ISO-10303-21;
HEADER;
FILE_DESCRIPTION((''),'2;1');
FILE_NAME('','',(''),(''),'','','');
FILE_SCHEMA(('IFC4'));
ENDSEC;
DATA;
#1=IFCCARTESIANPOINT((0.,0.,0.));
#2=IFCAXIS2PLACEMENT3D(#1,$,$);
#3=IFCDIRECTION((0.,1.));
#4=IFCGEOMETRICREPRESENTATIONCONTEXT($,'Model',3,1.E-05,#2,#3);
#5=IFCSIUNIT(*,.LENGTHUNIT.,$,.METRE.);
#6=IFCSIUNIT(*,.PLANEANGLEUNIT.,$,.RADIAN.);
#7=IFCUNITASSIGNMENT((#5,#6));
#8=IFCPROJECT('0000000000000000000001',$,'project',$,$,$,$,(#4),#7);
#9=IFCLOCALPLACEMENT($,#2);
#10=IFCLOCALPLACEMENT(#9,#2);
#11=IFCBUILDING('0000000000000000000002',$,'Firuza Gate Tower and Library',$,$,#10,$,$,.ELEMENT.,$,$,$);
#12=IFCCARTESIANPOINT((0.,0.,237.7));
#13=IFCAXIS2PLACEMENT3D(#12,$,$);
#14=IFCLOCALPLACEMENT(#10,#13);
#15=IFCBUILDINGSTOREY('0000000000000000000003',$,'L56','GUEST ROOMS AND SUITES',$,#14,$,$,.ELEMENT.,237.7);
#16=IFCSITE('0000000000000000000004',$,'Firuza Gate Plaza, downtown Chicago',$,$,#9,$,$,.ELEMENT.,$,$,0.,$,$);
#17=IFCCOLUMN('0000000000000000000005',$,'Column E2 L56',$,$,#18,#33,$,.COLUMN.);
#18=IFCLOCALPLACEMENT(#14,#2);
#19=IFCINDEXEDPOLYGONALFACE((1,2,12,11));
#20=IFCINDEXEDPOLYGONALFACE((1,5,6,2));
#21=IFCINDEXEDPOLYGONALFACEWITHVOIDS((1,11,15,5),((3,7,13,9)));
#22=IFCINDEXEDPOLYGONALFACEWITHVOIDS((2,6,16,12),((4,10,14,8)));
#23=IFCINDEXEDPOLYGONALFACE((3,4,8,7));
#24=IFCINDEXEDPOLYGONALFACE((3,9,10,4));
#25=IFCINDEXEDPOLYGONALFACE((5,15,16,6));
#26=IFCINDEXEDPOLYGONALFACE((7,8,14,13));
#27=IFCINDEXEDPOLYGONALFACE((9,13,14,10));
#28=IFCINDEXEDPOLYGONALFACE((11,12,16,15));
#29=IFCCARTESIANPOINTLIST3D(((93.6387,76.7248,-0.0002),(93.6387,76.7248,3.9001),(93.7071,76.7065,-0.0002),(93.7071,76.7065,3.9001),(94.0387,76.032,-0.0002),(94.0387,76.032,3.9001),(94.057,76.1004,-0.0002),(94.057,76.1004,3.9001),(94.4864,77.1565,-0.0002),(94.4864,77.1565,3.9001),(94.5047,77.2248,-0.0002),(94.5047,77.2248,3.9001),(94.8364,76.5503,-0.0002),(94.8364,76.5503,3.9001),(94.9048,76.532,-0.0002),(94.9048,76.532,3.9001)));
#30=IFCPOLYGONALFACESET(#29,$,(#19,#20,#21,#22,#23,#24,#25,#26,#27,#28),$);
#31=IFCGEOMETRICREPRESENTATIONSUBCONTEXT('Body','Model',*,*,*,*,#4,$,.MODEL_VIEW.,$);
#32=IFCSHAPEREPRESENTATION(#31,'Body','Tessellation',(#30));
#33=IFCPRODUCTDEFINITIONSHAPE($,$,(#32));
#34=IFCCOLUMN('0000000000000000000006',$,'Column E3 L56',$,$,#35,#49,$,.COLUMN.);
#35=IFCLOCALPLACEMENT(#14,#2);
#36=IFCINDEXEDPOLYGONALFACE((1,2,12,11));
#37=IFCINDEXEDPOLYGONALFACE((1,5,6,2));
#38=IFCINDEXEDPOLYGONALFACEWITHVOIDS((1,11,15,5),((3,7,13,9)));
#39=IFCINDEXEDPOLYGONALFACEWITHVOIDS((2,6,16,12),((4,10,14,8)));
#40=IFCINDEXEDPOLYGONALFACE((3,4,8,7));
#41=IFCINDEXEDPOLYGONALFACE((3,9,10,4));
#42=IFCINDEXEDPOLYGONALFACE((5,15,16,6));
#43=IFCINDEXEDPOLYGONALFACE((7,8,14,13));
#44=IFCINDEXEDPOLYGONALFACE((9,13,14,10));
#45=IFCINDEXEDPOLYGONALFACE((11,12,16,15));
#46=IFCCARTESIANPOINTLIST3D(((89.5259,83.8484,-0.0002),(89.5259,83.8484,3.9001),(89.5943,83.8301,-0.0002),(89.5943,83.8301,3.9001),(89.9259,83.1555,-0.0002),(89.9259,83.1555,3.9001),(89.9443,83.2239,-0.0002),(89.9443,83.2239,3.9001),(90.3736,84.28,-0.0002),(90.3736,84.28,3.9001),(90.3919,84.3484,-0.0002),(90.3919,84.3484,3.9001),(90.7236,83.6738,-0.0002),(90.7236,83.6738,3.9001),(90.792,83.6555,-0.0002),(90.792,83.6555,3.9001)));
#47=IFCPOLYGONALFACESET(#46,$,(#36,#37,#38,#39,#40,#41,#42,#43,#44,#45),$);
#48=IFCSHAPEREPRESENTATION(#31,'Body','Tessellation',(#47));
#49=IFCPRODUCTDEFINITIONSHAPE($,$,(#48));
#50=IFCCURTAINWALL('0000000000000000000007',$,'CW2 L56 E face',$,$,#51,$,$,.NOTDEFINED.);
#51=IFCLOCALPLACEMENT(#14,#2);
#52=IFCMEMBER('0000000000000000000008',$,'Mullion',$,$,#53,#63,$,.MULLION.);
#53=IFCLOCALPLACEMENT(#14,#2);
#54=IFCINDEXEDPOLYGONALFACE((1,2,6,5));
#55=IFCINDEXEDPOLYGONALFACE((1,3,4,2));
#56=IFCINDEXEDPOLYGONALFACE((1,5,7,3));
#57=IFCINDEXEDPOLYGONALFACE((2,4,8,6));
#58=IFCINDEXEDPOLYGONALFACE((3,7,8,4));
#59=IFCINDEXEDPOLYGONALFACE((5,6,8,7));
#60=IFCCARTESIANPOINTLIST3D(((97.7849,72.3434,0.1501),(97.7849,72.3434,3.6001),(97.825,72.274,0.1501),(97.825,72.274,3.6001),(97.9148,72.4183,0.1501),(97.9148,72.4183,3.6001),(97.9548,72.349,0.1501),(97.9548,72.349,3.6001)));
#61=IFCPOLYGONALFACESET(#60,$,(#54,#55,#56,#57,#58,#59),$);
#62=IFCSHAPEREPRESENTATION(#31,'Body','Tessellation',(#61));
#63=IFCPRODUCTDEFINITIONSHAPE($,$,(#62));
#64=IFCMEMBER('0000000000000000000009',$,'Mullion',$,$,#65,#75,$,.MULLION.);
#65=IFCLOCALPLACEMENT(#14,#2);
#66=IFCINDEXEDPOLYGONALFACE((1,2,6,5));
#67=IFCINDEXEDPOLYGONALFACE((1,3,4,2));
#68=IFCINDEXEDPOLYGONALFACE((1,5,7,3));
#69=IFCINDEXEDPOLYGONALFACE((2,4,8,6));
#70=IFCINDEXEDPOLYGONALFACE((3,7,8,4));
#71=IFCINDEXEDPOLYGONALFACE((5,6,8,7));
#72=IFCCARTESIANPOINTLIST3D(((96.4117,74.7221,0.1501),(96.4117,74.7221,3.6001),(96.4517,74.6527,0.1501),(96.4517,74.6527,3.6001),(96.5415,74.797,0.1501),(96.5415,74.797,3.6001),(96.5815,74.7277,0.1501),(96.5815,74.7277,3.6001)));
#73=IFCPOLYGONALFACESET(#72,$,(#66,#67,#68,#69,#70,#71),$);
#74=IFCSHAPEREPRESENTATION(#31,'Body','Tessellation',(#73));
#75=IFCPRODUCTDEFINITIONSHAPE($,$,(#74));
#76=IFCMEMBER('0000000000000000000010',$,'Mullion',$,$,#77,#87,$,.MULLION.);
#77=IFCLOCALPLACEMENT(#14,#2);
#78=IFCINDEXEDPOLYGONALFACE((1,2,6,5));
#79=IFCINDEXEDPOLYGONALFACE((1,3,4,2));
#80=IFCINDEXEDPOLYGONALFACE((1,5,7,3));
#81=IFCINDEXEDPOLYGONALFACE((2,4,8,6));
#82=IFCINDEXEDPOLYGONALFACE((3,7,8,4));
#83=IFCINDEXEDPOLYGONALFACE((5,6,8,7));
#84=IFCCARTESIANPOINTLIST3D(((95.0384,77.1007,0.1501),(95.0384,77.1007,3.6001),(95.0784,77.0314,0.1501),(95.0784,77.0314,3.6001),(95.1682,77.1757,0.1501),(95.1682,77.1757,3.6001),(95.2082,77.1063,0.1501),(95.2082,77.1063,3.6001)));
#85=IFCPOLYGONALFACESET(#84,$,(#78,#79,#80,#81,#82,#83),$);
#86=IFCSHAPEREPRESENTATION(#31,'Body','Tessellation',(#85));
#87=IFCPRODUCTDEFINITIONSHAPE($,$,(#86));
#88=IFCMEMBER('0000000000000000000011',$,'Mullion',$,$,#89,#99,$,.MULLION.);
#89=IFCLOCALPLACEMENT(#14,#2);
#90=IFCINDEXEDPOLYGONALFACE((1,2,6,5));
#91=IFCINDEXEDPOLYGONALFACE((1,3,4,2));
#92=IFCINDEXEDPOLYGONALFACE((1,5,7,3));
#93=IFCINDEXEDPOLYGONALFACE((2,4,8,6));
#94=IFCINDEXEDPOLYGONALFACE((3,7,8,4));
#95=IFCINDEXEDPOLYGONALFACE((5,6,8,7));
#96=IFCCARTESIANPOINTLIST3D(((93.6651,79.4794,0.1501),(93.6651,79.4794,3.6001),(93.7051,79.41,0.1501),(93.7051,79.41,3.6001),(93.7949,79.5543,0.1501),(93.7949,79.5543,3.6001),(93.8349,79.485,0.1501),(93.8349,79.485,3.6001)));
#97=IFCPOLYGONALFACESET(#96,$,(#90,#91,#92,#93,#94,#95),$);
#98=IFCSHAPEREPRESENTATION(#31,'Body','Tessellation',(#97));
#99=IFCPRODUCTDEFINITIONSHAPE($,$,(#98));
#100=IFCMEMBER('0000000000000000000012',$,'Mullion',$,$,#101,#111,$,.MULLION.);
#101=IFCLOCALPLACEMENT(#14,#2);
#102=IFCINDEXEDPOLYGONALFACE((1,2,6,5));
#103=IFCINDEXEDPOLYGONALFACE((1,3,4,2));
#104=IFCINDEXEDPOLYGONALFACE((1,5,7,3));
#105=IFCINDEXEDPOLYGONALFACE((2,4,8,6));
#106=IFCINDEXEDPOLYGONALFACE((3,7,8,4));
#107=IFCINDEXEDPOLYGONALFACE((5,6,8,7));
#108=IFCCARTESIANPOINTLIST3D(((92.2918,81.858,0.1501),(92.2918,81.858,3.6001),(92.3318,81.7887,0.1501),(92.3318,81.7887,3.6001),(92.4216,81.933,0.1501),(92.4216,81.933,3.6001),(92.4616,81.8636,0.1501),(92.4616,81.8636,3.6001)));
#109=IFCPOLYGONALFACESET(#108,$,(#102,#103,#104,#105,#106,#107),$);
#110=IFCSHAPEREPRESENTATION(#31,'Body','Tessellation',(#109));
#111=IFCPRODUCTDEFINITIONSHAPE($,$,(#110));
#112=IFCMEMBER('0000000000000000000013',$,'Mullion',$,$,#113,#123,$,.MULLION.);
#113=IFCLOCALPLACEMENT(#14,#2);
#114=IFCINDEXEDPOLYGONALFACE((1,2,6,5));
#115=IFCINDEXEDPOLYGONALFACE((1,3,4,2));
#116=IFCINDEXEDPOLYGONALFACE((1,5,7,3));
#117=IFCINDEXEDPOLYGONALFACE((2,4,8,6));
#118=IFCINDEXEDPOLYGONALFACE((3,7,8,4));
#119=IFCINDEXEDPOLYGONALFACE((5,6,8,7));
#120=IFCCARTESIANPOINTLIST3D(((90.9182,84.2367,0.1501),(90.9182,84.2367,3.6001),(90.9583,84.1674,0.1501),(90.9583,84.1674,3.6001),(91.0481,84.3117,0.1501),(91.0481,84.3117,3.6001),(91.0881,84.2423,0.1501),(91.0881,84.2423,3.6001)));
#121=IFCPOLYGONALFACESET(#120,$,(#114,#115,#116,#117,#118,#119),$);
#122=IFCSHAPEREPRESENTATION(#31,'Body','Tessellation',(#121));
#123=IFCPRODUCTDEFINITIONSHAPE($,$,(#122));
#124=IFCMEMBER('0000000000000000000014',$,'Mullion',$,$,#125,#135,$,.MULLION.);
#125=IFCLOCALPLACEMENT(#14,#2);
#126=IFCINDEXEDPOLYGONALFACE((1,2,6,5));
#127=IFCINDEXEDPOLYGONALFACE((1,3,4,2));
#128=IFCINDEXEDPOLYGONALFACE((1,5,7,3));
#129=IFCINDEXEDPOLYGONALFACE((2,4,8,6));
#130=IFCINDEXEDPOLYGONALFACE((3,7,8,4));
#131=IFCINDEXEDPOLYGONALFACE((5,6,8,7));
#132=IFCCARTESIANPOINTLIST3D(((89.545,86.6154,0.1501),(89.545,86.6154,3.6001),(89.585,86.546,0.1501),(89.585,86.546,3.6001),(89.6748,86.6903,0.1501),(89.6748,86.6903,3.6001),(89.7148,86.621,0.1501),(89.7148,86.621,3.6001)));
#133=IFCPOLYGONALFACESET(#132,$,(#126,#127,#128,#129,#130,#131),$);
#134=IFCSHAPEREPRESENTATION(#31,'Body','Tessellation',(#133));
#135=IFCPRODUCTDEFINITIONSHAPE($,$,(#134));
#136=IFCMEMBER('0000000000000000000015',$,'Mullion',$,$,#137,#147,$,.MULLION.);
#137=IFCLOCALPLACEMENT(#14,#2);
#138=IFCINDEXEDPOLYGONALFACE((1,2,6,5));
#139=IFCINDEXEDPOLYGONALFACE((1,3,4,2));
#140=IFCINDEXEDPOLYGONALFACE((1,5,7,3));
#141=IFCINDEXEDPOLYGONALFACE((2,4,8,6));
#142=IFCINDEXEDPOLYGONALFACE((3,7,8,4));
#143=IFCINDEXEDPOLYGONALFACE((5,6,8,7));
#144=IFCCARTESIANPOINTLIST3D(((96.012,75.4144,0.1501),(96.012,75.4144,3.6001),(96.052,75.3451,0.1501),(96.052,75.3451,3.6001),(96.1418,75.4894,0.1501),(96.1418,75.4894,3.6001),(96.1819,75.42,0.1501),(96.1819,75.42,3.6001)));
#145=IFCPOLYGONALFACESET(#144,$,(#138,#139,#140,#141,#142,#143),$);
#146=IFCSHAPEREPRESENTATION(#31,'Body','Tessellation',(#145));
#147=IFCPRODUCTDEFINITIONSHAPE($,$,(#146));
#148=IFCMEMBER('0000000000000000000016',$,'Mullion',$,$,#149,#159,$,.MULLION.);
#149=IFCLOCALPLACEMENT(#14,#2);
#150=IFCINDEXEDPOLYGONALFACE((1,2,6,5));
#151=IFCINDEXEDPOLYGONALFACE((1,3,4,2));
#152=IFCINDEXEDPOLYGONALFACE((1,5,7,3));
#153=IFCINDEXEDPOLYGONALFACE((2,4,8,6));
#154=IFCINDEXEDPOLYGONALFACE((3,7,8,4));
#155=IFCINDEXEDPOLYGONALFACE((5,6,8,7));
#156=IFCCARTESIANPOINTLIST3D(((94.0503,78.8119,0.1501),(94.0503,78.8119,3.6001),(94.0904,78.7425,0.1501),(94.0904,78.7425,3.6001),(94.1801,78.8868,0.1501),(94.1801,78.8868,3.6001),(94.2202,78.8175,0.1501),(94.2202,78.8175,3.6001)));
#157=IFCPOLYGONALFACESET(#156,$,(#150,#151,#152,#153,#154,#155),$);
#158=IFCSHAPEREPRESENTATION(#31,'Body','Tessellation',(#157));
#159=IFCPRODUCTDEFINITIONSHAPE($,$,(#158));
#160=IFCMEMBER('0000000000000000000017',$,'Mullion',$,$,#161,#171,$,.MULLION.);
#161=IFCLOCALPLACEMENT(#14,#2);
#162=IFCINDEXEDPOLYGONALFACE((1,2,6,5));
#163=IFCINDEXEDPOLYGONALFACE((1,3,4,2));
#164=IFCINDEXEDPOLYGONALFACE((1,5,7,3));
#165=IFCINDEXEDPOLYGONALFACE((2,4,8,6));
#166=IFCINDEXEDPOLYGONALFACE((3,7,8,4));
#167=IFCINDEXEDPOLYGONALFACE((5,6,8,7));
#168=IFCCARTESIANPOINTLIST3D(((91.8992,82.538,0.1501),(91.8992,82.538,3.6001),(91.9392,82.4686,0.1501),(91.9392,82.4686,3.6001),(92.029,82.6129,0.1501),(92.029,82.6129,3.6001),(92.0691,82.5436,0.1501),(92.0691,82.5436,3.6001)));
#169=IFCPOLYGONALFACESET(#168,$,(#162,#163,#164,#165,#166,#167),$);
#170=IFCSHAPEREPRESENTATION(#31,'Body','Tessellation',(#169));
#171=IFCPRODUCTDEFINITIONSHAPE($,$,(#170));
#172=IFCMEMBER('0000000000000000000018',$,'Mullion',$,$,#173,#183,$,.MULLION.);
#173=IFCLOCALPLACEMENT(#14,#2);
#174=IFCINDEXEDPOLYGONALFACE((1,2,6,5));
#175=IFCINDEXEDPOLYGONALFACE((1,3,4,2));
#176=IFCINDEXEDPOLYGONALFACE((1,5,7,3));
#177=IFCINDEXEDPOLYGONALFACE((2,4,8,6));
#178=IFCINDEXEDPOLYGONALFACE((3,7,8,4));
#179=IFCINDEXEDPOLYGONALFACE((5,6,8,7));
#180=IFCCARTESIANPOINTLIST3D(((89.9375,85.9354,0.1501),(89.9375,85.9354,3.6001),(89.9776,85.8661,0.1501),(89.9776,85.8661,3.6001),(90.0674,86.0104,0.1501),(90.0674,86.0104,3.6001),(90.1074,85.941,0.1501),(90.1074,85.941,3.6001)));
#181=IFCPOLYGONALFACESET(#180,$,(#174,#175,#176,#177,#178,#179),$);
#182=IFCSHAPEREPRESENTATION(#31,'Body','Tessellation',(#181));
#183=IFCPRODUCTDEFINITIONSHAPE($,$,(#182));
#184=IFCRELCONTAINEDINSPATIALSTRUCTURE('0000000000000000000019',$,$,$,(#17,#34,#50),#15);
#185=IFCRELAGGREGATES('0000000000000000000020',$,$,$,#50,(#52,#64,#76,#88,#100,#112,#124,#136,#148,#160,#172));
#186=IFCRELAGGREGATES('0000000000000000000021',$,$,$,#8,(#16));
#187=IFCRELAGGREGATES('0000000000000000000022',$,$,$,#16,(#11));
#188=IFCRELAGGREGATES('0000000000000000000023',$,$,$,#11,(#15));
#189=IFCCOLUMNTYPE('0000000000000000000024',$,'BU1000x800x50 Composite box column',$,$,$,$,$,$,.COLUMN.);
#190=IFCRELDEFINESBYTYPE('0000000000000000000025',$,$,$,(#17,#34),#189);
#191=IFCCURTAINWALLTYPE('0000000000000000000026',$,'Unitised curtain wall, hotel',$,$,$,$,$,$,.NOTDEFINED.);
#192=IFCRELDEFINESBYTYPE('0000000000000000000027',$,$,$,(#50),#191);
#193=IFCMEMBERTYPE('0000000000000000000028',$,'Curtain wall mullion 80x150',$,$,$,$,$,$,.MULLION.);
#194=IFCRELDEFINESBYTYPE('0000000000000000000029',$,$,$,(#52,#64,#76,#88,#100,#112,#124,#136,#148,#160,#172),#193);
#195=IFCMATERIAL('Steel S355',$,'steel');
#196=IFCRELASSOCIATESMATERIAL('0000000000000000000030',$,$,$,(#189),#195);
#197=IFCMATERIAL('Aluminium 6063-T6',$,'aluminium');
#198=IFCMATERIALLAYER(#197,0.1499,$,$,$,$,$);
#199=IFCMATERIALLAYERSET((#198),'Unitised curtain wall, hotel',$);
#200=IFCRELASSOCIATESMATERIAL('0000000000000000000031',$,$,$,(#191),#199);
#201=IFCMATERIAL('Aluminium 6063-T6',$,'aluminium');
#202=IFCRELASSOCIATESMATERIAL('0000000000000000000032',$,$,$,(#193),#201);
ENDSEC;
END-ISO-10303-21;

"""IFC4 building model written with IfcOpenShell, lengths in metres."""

from ifc_helpers import new_model, si_unit, direction, frame, origin, origin_2d, place, context, subcontext, project, spatial, rectangle, hollow_rectangle, extrude, material, layer, layer_set, material_profile, profile_set, type_object, element, aggregate, save


model = new_model("IFC4")

# Units and contexts
model_context = context("Model", 3, precision=1e-05, world=origin(), true_north=direction((0.0, 1.0)))
body_context = subcontext(model_context, "Body", "Model", "MODEL_VIEW")
ifc_project = project(units=[si_unit("LENGTHUNIT", "METRE"), si_unit("PLANEANGLEUNIT", "RADIAN")], contexts=[model_context])

# Site, building, storey
site_placement = place(None, origin())
site = spatial("IfcSite", under=ifc_project, at=site_placement, Name="Firuza Gate Plaza, downtown Chicago", CompositionType="ELEMENT", RefElevation=0.0)
building_placement = place(site_placement, origin())
building = spatial("IfcBuilding", under=site, at=building_placement, Name="Firuza Gate Tower and Library", CompositionType="ELEMENT")
storey_placement = place(building_placement, frame((0.0, 0.0, 237.7)))
storey = spatial("IfcBuildingStorey", under=building, at=storey_placement, Name="L56", Description="GUEST ROOMS AND SUITES", CompositionType="ELEMENT", Elevation=237.7)

# Columns
ifc_material_1 = material(Name="Steel S355", Category="steel")
ifc_material_profile_1 = material_profile(ifc_material_1, hollow_rectangle(XDim=0.8, YDim=1.0, WallThickness=0.05, at=origin_2d()))
ifc_profile_set_1 = profile_set([ifc_material_profile_1], Name="Steel S355")
column_type = type_object("IfcColumnType", Name="BU1000x800x50 Composite box column", PredefinedType="COLUMN", material=ifc_profile_set_1)
for number, where, z_axis, x_axis, name in (
    (1, (94.2717, 76.6284, -0.0002), (0.0, 0.0, 1.0), (-0.5, 0.866025, 0.0), "Column E2 L56"),
    (2, (90.1589, 83.752, -0.0002), (0.0, 0.0, 1.0), (-0.5, 0.866025, 0.0), "Column E3 L56"),
):
    element("IfcColumn", number, at=place(storey_placement, frame(where, z_axis=z_axis, x_axis=x_axis)), inside=storey, type_object=column_type, Name=name, PredefinedType="COLUMN", context=body_context, shape_type="SweptSolid", body=[
        extrude(hollow_rectangle(XDim=0.8, YDim=1.0, WallThickness=0.05, at=origin_2d()), origin(), (0.0, 0.0, 1.0), 3.9004),
    ])

# Curtain wall, members
ifc_material_2 = material(Name="Aluminium 6063-T6", Category="aluminium")
ifc_layer_1 = layer(ifc_material_2, 0.1499)
ifc_layer_set_1 = layer_set([ifc_layer_1], Name="Unitised curtain wall, hotel")
curtain_wall_type = type_object("IfcCurtainWallType", Name="Unitised curtain wall, hotel", PredefinedType="NOTDEFINED", material=ifc_layer_set_1)
curtain_wall_placement = place(storey_placement, origin())
curtain_wall = element("IfcCurtainWall", 3, at=curtain_wall_placement, inside=storey, type_object=curtain_wall_type, Name="CW2 L56 E face", PredefinedType="NOTDEFINED")
ifc_material_3 = material(Name="Aluminium 6063-T6", Category="aluminium")
ifc_material_profile_2 = material_profile(ifc_material_3, rectangle(XDim=0.1499, YDim=0.0801, at=origin_2d()))
ifc_profile_set_2 = profile_set([ifc_material_profile_2], Name="Aluminium 6063-T6")
member_type = type_object("IfcMemberType", Name="Curtain wall mullion 80x150", PredefinedType="MULLION", material=ifc_profile_set_2)
member_1_placement = place(storey_placement, frame((97.8699, 72.3462, 0.1501), z_axis=(0.0, 0.0, 1.0), x_axis=(-0.866025, -0.5, 0.0)))
member_1 = element("IfcMember", 4, at=member_1_placement, type_object=member_type, Name="Mullion", PredefinedType="MULLION", context=body_context, shape_type="SweptSolid", body=[
    extrude(rectangle(XDim=0.1499, YDim=0.0801, at=origin_2d()), origin(), (0.0, 0.0, 1.0), 3.45),
])
member_2_placement = place(storey_placement, frame((96.4966, 74.7249, 0.1501), z_axis=(0.0, 0.0, 1.0), x_axis=(-0.866025, -0.5, 0.0)))
member_2 = element("IfcMember", 5, at=member_2_placement, type_object=member_type, Name="Mullion", PredefinedType="MULLION", context=body_context, shape_type="SweptSolid", body=[
    extrude(rectangle(XDim=0.1499, YDim=0.0801, at=origin_2d()), origin(), (0.0, 0.0, 1.0), 3.45),
])
member_3_placement = place(storey_placement, frame((95.1233, 77.1035, 0.1501), z_axis=(0.0, 0.0, 1.0), x_axis=(-0.866025, -0.5, 0.0)))
member_3 = element("IfcMember", 6, at=member_3_placement, type_object=member_type, Name="Mullion", PredefinedType="MULLION", context=body_context, shape_type="SweptSolid", body=[
    extrude(rectangle(XDim=0.1499, YDim=0.0801, at=origin_2d()), origin(), (0.0, 0.0, 1.0), 3.45),
])
member_4_placement = place(storey_placement, frame((93.75, 79.4822, 0.1501), z_axis=(0.0, 0.0, 1.0), x_axis=(-0.866025, -0.5, 0.0)))
member_4 = element("IfcMember", 7, at=member_4_placement, type_object=member_type, Name="Mullion", PredefinedType="MULLION", context=body_context, shape_type="SweptSolid", body=[
    extrude(rectangle(XDim=0.1499, YDim=0.0801, at=origin_2d()), origin(), (0.0, 0.0, 1.0), 3.45),
])
member_5_placement = place(storey_placement, frame((92.3767, 81.8608, 0.1501), z_axis=(0.0, 0.0, 1.0), x_axis=(-0.866025, -0.5, 0.0)))
member_5 = element("IfcMember", 8, at=member_5_placement, type_object=member_type, Name="Mullion", PredefinedType="MULLION", context=body_context, shape_type="SweptSolid", body=[
    extrude(rectangle(XDim=0.1499, YDim=0.0801, at=origin_2d()), origin(), (0.0, 0.0, 1.0), 3.45),
])
member_6_placement = place(storey_placement, frame((91.0032, 84.2395, 0.1501), z_axis=(0.0, 0.0, 1.0), x_axis=(-0.866025, -0.5, 0.0)))
member_6 = element("IfcMember", 9, at=member_6_placement, type_object=member_type, Name="Mullion", PredefinedType="MULLION", context=body_context, shape_type="SweptSolid", body=[
    extrude(rectangle(XDim=0.1499, YDim=0.0801, at=origin_2d()), origin(), (0.0, 0.0, 1.0), 3.45),
])
member_7_placement = place(storey_placement, frame((89.6299, 86.6182, 0.1501), z_axis=(0.0, 0.0, 1.0), x_axis=(-0.866025, -0.5, 0.0)))
member_7 = element("IfcMember", 10, at=member_7_placement, type_object=member_type, Name="Mullion", PredefinedType="MULLION", context=body_context, shape_type="SweptSolid", body=[
    extrude(rectangle(XDim=0.1499, YDim=0.0801, at=origin_2d()), origin(), (0.0, 0.0, 1.0), 3.45),
])
member_8_placement = place(storey_placement, frame((96.0969, 75.4172, 0.1501), z_axis=(0.0, 0.0, 1.0), x_axis=(-0.866025, -0.5, 0.0)))
member_8 = element("IfcMember", 11, at=member_8_placement, type_object=member_type, Name="Mullion", PredefinedType="MULLION", context=body_context, shape_type="SweptSolid", body=[
    extrude(rectangle(XDim=0.1499, YDim=0.0801, at=origin_2d()), origin(), (0.0, 0.0, 1.0), 3.45),
])
member_9_placement = place(storey_placement, frame((94.1353, 78.8147, 0.1501), z_axis=(0.0, 0.0, 1.0), x_axis=(-0.866025, -0.5, 0.0)))
member_9 = element("IfcMember", 12, at=member_9_placement, type_object=member_type, Name="Mullion", PredefinedType="MULLION", context=body_context, shape_type="SweptSolid", body=[
    extrude(rectangle(XDim=0.1499, YDim=0.0801, at=origin_2d()), origin(), (0.0, 0.0, 1.0), 3.45),
])
member_10_placement = place(storey_placement, frame((91.9841, 82.5408, 0.1501), z_axis=(0.0, 0.0, 1.0), x_axis=(-0.866025, -0.5, 0.0)))
member_10 = element("IfcMember", 13, at=member_10_placement, type_object=member_type, Name="Mullion", PredefinedType="MULLION", context=body_context, shape_type="SweptSolid", body=[
    extrude(rectangle(XDim=0.1499, YDim=0.0801, at=origin_2d()), origin(), (0.0, 0.0, 1.0), 3.45),
])
member_11_placement = place(storey_placement, frame((90.0225, 85.9382, 0.1501), z_axis=(0.0, 0.0, 1.0), x_axis=(-0.866025, -0.5, 0.0)))
member_11 = element("IfcMember", 14, at=member_11_placement, type_object=member_type, Name="Mullion", PredefinedType="MULLION", context=body_context, shape_type="SweptSolid", body=[
    extrude(rectangle(XDim=0.1499, YDim=0.0801, at=origin_2d()), origin(), (0.0, 0.0, 1.0), 3.45),
])

aggregate(curtain_wall, [member_1, member_2, member_3, member_4, member_5, member_6, member_7, member_8, member_9, member_10, member_11])

save(model, "model.ifc")
